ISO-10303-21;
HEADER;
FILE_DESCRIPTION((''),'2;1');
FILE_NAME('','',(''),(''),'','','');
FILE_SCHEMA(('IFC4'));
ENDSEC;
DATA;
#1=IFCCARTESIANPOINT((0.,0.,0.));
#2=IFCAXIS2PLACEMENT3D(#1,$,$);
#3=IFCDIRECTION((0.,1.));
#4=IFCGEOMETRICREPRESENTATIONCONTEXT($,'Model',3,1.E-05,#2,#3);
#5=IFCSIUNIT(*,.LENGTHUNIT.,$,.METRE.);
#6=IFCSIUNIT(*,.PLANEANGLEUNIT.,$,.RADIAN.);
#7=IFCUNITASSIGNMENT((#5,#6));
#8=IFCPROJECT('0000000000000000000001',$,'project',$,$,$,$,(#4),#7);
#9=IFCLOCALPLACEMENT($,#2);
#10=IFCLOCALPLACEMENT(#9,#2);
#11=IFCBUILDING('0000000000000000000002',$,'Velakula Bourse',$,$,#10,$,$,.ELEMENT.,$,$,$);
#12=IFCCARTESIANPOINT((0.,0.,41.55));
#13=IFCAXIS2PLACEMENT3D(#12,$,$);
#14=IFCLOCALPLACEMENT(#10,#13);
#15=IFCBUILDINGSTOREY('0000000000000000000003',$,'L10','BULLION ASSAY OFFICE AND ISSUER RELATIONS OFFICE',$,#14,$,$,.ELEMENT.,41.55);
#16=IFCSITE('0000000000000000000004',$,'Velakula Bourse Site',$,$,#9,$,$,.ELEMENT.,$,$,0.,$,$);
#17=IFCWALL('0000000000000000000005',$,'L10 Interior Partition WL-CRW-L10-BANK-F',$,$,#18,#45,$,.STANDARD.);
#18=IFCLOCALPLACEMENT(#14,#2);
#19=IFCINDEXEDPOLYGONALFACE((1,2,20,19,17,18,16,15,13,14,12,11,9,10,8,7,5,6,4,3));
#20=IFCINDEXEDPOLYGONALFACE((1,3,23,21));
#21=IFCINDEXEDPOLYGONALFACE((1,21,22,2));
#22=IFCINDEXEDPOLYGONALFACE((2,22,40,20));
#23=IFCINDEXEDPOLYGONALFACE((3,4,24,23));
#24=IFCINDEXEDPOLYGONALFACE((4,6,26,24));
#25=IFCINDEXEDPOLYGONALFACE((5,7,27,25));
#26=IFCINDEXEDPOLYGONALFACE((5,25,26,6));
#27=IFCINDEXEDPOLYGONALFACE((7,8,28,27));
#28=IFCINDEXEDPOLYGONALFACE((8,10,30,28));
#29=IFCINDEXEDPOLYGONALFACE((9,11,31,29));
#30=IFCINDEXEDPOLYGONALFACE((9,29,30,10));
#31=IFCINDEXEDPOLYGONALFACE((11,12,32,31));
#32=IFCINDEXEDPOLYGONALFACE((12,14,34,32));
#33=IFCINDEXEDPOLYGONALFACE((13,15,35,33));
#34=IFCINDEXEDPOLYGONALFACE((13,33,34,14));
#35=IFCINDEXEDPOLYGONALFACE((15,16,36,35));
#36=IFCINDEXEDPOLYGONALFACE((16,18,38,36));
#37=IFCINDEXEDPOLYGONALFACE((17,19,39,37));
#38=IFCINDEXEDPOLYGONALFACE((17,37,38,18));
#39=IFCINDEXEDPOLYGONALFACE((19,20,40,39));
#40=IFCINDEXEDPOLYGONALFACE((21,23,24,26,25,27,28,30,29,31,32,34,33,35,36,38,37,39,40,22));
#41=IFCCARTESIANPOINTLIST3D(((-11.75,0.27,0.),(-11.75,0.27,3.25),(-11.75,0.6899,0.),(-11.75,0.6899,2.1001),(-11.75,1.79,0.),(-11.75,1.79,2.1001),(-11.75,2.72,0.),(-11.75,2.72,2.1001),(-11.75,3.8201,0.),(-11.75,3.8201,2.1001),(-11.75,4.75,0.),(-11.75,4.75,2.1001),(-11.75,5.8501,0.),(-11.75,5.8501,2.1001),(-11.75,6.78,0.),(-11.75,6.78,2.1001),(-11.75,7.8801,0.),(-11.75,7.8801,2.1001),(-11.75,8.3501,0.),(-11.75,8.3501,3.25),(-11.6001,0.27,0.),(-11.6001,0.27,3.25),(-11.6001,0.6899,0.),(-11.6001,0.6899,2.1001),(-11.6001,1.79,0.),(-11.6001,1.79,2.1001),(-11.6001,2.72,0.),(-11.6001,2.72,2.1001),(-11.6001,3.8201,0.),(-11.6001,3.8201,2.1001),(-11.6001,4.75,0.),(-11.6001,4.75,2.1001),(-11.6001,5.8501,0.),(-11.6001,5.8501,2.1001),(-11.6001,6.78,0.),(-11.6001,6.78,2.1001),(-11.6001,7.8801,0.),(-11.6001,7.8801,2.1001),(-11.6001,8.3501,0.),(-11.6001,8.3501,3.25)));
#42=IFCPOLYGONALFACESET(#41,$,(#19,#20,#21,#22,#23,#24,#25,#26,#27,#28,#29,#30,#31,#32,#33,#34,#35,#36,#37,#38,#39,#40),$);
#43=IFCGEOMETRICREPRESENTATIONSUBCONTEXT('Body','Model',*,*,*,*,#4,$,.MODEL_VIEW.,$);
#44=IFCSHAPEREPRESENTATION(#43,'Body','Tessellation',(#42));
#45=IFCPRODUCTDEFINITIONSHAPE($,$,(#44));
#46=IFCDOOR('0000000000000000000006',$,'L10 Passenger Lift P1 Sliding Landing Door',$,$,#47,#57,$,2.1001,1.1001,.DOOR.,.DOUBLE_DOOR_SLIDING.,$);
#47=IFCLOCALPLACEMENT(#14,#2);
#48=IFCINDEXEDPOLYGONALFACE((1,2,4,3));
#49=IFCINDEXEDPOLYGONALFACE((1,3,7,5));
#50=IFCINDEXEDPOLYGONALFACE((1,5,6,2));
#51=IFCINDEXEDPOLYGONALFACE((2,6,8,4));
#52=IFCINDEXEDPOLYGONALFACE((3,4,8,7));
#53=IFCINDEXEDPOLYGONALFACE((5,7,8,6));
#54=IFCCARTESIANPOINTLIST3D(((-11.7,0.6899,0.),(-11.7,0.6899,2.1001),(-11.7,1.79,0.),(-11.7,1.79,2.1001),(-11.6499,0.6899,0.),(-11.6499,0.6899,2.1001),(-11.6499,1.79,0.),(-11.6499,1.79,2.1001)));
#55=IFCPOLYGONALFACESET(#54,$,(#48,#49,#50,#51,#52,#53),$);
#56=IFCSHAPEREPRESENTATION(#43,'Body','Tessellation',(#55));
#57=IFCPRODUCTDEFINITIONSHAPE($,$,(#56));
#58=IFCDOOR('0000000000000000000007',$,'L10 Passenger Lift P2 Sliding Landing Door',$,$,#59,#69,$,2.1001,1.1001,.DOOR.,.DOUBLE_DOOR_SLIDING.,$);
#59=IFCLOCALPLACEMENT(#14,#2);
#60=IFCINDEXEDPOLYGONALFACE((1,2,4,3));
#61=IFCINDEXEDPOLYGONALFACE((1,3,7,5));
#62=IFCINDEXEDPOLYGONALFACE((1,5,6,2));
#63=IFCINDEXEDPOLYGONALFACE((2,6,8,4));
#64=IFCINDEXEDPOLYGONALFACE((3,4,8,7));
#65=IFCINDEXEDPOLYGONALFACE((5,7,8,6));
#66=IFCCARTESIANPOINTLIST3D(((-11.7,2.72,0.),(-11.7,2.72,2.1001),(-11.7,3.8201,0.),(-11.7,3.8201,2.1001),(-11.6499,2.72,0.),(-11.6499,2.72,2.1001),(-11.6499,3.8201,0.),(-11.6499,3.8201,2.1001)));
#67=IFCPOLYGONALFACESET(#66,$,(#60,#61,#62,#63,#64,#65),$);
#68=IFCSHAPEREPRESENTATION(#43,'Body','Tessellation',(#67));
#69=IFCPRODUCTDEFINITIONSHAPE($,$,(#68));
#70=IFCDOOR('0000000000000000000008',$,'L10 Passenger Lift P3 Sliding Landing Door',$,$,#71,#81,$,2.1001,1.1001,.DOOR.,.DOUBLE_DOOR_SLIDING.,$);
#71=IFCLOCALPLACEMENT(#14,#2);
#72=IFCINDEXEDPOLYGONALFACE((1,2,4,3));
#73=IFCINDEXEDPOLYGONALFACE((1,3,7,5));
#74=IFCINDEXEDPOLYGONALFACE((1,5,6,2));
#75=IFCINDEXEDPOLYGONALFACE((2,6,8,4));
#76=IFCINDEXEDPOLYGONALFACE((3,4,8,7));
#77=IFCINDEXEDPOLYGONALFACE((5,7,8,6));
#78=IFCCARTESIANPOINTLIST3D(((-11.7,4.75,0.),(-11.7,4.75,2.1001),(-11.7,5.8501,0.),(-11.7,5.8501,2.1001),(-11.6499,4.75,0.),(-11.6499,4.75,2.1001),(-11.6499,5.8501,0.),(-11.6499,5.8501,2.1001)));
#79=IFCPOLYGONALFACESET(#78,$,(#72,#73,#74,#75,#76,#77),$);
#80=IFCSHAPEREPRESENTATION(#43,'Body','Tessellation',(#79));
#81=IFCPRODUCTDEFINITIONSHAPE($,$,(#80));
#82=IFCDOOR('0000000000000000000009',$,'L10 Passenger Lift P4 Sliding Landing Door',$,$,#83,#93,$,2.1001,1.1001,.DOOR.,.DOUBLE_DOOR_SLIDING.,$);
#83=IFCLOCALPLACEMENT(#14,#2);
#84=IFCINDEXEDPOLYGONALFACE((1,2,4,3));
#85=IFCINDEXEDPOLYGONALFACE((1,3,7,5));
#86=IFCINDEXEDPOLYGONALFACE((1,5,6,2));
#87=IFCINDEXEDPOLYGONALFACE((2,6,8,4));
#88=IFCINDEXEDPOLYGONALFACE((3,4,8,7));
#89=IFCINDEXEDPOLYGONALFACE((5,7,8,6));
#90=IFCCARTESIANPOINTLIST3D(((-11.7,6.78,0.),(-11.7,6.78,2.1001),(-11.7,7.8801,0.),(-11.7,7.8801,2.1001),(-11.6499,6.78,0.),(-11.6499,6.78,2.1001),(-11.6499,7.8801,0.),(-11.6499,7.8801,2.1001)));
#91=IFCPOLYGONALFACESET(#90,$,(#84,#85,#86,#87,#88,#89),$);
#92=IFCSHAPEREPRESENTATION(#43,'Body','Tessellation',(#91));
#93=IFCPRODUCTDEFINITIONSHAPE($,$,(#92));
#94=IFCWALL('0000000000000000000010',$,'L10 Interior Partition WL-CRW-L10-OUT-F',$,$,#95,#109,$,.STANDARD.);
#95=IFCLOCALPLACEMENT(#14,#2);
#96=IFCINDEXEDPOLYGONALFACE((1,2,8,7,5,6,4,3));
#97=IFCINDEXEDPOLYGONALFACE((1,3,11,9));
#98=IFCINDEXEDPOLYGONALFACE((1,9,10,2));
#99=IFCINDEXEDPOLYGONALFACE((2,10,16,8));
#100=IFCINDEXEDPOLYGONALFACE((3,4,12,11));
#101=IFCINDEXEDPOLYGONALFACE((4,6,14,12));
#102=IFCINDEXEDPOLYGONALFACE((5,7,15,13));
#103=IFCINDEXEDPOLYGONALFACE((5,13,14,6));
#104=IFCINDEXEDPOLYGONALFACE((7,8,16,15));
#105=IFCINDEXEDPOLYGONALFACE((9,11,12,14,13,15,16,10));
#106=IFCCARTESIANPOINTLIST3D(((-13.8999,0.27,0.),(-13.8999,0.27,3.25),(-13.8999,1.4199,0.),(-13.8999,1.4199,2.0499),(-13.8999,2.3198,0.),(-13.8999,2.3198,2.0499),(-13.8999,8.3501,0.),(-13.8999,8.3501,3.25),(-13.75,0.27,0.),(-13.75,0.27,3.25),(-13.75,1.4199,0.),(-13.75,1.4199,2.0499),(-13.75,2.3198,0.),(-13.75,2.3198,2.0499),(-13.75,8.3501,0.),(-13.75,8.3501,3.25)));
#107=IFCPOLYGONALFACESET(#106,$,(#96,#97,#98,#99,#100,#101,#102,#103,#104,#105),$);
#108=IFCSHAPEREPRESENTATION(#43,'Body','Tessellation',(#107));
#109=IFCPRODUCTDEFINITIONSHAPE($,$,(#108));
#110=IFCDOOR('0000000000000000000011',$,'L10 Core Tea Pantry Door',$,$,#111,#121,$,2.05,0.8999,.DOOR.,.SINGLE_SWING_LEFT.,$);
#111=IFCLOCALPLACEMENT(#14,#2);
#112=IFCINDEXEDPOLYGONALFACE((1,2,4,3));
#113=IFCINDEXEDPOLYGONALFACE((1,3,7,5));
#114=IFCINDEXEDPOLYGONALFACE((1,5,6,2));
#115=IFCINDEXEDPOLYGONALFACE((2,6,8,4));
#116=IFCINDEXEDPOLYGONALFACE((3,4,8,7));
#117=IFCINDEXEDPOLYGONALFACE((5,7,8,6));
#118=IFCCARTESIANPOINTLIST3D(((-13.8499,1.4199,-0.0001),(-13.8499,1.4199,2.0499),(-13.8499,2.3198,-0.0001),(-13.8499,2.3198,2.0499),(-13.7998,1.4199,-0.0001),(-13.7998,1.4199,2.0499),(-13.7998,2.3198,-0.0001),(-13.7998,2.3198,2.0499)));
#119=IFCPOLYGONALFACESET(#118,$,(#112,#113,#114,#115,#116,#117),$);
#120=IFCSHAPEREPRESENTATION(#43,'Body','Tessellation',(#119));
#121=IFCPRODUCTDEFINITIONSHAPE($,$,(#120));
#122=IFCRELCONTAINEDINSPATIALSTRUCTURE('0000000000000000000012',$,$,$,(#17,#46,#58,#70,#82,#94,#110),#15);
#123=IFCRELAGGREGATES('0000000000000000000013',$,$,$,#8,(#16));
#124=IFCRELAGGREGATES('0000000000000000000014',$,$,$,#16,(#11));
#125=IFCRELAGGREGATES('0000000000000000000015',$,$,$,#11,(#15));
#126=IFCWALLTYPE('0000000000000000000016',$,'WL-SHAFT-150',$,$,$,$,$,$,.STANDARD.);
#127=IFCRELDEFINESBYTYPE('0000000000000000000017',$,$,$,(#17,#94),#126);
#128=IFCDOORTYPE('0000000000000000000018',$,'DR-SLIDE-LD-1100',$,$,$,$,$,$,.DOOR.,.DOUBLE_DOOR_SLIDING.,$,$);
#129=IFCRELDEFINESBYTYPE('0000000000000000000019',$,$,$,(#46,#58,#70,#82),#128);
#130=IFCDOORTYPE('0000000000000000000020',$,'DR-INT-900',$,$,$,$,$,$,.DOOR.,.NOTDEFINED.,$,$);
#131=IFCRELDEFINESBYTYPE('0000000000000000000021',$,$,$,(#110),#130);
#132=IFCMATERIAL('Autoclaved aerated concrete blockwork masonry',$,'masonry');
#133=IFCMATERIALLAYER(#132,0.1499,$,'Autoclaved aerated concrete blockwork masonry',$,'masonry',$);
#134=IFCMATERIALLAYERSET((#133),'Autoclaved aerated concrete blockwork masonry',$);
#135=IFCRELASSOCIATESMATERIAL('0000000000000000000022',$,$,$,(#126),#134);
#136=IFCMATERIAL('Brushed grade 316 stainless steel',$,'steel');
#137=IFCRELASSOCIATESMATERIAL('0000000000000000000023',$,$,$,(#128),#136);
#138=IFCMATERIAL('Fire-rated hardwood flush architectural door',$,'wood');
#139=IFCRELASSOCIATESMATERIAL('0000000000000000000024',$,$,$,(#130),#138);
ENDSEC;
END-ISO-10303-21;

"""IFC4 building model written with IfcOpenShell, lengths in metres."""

from ifc_helpers import new_model, si_unit, direction, frame, frame_2d, origin, place, context, subcontext, project, spatial, rectangle, extrude, material, layer, layer_set, type_object, element, fill, save


model = new_model("IFC4")

# Units and contexts
model_context = context("Model", 3, precision=1e-05, world=origin(), true_north=direction((0.0, 1.0)))
body_context = subcontext(model_context, "Body", "Model", "MODEL_VIEW")
ifc_project = project(units=[si_unit("LENGTHUNIT", "METRE"), si_unit("PLANEANGLEUNIT", "RADIAN")], contexts=[model_context])

# Site, building, storey
site_placement = place(None, origin())
site = spatial("IfcSite", under=ifc_project, at=site_placement, Name="Velakula Bourse Site", CompositionType="ELEMENT", RefElevation=0.0)
building_placement = place(site_placement, origin())
building = spatial("IfcBuilding", under=site, at=building_placement, Name="Velakula Bourse", CompositionType="ELEMENT")
storey_placement = place(building_placement, frame((0.0, 0.0, 41.55)))
storey = spatial("IfcBuildingStorey", under=building, at=storey_placement, Name="L10", Description="BULLION ASSAY OFFICE AND ISSUER RELATIONS OFFICE", CompositionType="ELEMENT", Elevation=41.55)

# Shared definitions
ifc_material_1 = material(Name="Fire-rated hardwood flush architectural door", Category="wood")

# Shared definitions
ifc_material_2 = material(Name="Autoclaved aerated concrete blockwork masonry", Category="masonry")
ifc_layer_1 = layer(ifc_material_2, 0.1499, Name="Autoclaved aerated concrete blockwork masonry", Category="masonry")
ifc_layer_set_1 = layer_set([ifc_layer_1], Name="Autoclaved aerated concrete blockwork masonry")
wall_type_1 = type_object("IfcWallType", Name="WL-SHAFT-150", PredefinedType="STANDARD", material=ifc_layer_set_1)

# Wall, openings, doors
wall_1_placement = place(storey_placement, frame((-11.675, 0.27, 0.0), z_axis=(0.0, 0.0, 1.0), x_axis=(0.0, 1.0, 0.0)))
wall_1 = element("IfcWall", 1, at=wall_1_placement, inside=storey, type_object=wall_type_1, Name="L10 Interior Partition WL-CRW-L10-BANK-F", PredefinedType="STANDARD", context=body_context, shape_type="SweptSolid", body=[
    extrude(rectangle(XDim=8.0801, YDim=0.1499, at=frame_2d((4.04, 0.0))), origin(), (0.0, 0.0, 1.0), 3.25),
])
opening_1_placement = place(wall_1_placement, frame((0.4199, 0.0, 0.0)))
opening_1 = element("IfcOpeningElement", 2, at=opening_1_placement, cuts=wall_1, PredefinedType="OPENING", context=body_context, shape_type="SweptSolid", body=[
    extrude(rectangle(XDim=1.1001, YDim=2.1001, at=frame_2d((0.55, 1.05))), frame((0.0, 0.085, 0.0), z_axis=(0.0, -1.0, 0.0), x_axis=(1.0, 0.0, 0.0)), (0.0, 0.0, 1.0), 0.1699),
])
opening_2_placement = place(wall_1_placement, frame((2.45, 0.0, 0.0)))
opening_2 = element("IfcOpeningElement", 3, at=opening_2_placement, cuts=wall_1, PredefinedType="OPENING", context=body_context, shape_type="SweptSolid", body=[
    extrude(rectangle(XDim=1.1001, YDim=2.1001, at=frame_2d((0.55, 1.05))), frame((0.0, 0.085, 0.0), z_axis=(0.0, -1.0, 0.0), x_axis=(1.0, 0.0, 0.0)), (0.0, 0.0, 1.0), 0.1699),
])
opening_3_placement = place(wall_1_placement, frame((4.48, 0.0, 0.0)))
opening_3 = element("IfcOpeningElement", 4, at=opening_3_placement, cuts=wall_1, PredefinedType="OPENING", context=body_context, shape_type="SweptSolid", body=[
    extrude(rectangle(XDim=1.1001, YDim=2.1001, at=frame_2d((0.55, 1.05))), frame((0.0, 0.085, 0.0), z_axis=(0.0, -1.0, 0.0), x_axis=(1.0, 0.0, 0.0)), (0.0, 0.0, 1.0), 0.1699),
])
opening_4_placement = place(wall_1_placement, frame((6.51, 0.0, 0.0)))
opening_4 = element("IfcOpeningElement", 5, at=opening_4_placement, cuts=wall_1, PredefinedType="OPENING", context=body_context, shape_type="SweptSolid", body=[
    extrude(rectangle(XDim=1.1001, YDim=2.1001, at=frame_2d((0.55, 1.05))), frame((0.0, 0.085, 0.0), z_axis=(0.0, -1.0, 0.0), x_axis=(1.0, 0.0, 0.0)), (0.0, 0.0, 1.0), 0.1699),
])
ifc_material_3 = material(Name="Brushed grade 316 stainless steel", Category="steel")
door_type_1 = type_object("IfcDoorType", Name="DR-SLIDE-LD-1100", OperationType="DOUBLE_DOOR_SLIDING", PredefinedType="DOOR", material=ifc_material_3)
door_1_placement = place(opening_1_placement, origin())
door_1 = element("IfcDoor", 6, at=door_1_placement, inside=storey, type_object=door_type_1, Name="L10 Passenger Lift P1 Sliding Landing Door", OperationType="DOUBLE_DOOR_SLIDING", OverallHeight=2.1001, OverallWidth=1.1001, PredefinedType="DOOR", context=body_context, shape_type="SweptSolid", body=[
    extrude(rectangle(XDim=1.1001, YDim=2.1001, at=frame_2d((0.55, 1.05))), frame((0.0, 0.0249, 0.0), z_axis=(0.0, -1.0, 0.0), x_axis=(1.0, 0.0, 0.0)), (0.0, 0.0, 1.0), 0.05),
])
fill(opening_1, door_1)
door_2_placement = place(opening_2_placement, origin())
door_2 = element("IfcDoor", 7, at=door_2_placement, inside=storey, type_object=door_type_1, Name="L10 Passenger Lift P2 Sliding Landing Door", OperationType="DOUBLE_DOOR_SLIDING", OverallHeight=2.1001, OverallWidth=1.1001, PredefinedType="DOOR", context=body_context, shape_type="SweptSolid", body=[
    extrude(rectangle(XDim=1.1001, YDim=2.1001, at=frame_2d((0.55, 1.05))), frame((0.0, 0.0249, 0.0), z_axis=(0.0, -1.0, 0.0), x_axis=(1.0, 0.0, 0.0)), (0.0, 0.0, 1.0), 0.05),
])
fill(opening_2, door_2)
door_3_placement = place(opening_3_placement, origin())
door_3 = element("IfcDoor", 8, at=door_3_placement, inside=storey, type_object=door_type_1, Name="L10 Passenger Lift P3 Sliding Landing Door", OperationType="DOUBLE_DOOR_SLIDING", OverallHeight=2.1001, OverallWidth=1.1001, PredefinedType="DOOR", context=body_context, shape_type="SweptSolid", body=[
    extrude(rectangle(XDim=1.1001, YDim=2.1001, at=frame_2d((0.55, 1.05))), frame((0.0, 0.0249, 0.0), z_axis=(0.0, -1.0, 0.0), x_axis=(1.0, 0.0, 0.0)), (0.0, 0.0, 1.0), 0.05),
])
fill(opening_3, door_3)
door_4_placement = place(opening_4_placement, origin())
door_4 = element("IfcDoor", 9, at=door_4_placement, inside=storey, type_object=door_type_1, Name="L10 Passenger Lift P4 Sliding Landing Door", OperationType="DOUBLE_DOOR_SLIDING", OverallHeight=2.1001, OverallWidth=1.1001, PredefinedType="DOOR", context=body_context, shape_type="SweptSolid", body=[
    extrude(rectangle(XDim=1.1001, YDim=2.1001, at=frame_2d((0.55, 1.05))), frame((0.0, 0.0249, 0.0), z_axis=(0.0, -1.0, 0.0), x_axis=(1.0, 0.0, 0.0)), (0.0, 0.0, 1.0), 0.05),
])
fill(opening_4, door_4)

# Wall, opening, door
wall_2_placement = place(storey_placement, frame((-13.825, 0.27, 0.0), z_axis=(0.0, 0.0, 1.0), x_axis=(0.0, 1.0, 0.0)))
wall_2 = element("IfcWall", 10, at=wall_2_placement, inside=storey, type_object=wall_type_1, Name="L10 Interior Partition WL-CRW-L10-OUT-F", PredefinedType="STANDARD", context=body_context, shape_type="SweptSolid", body=[
    extrude(rectangle(XDim=8.0801, YDim=0.1499, at=frame_2d((4.04, 0.0))), origin(), (0.0, 0.0, 1.0), 3.25),
])
opening_5_placement = place(wall_2_placement, frame((1.1499, 0.0, 0.0)))
opening_5 = element("IfcOpeningElement", 11, at=opening_5_placement, cuts=wall_2, PredefinedType="OPENING", context=body_context, shape_type="SweptSolid", body=[
    extrude(rectangle(XDim=0.8999, YDim=2.05, at=frame_2d((0.45, 1.0249))), frame((0.0, 0.085, 0.0), z_axis=(0.0, -1.0, 0.0), x_axis=(1.0, 0.0, 0.0)), (0.0, 0.0, 1.0), 0.1699),
])
door_type_2 = type_object("IfcDoorType", Name="DR-INT-900", OperationType="NOTDEFINED", PredefinedType="DOOR", material=ifc_material_1)
door_5_placement = place(opening_5_placement, origin())
door_5 = element("IfcDoor", 12, at=door_5_placement, inside=storey, type_object=door_type_2, Name="L10 Core Tea Pantry Door", OperationType="SINGLE_SWING_LEFT", OverallHeight=2.05, OverallWidth=0.8999, PredefinedType="DOOR", context=body_context, shape_type="SweptSolid", body=[
    extrude(rectangle(XDim=0.8999, YDim=2.05, at=frame_2d((0.45, 1.0249))), frame((0.0, 0.0249, 0.0), z_axis=(0.0, -1.0, 0.0), x_axis=(1.0, 0.0, 0.0)), (0.0, 0.0, 1.0), 0.05),
])
fill(opening_5, door_5)

save(model, "model.ifc")
